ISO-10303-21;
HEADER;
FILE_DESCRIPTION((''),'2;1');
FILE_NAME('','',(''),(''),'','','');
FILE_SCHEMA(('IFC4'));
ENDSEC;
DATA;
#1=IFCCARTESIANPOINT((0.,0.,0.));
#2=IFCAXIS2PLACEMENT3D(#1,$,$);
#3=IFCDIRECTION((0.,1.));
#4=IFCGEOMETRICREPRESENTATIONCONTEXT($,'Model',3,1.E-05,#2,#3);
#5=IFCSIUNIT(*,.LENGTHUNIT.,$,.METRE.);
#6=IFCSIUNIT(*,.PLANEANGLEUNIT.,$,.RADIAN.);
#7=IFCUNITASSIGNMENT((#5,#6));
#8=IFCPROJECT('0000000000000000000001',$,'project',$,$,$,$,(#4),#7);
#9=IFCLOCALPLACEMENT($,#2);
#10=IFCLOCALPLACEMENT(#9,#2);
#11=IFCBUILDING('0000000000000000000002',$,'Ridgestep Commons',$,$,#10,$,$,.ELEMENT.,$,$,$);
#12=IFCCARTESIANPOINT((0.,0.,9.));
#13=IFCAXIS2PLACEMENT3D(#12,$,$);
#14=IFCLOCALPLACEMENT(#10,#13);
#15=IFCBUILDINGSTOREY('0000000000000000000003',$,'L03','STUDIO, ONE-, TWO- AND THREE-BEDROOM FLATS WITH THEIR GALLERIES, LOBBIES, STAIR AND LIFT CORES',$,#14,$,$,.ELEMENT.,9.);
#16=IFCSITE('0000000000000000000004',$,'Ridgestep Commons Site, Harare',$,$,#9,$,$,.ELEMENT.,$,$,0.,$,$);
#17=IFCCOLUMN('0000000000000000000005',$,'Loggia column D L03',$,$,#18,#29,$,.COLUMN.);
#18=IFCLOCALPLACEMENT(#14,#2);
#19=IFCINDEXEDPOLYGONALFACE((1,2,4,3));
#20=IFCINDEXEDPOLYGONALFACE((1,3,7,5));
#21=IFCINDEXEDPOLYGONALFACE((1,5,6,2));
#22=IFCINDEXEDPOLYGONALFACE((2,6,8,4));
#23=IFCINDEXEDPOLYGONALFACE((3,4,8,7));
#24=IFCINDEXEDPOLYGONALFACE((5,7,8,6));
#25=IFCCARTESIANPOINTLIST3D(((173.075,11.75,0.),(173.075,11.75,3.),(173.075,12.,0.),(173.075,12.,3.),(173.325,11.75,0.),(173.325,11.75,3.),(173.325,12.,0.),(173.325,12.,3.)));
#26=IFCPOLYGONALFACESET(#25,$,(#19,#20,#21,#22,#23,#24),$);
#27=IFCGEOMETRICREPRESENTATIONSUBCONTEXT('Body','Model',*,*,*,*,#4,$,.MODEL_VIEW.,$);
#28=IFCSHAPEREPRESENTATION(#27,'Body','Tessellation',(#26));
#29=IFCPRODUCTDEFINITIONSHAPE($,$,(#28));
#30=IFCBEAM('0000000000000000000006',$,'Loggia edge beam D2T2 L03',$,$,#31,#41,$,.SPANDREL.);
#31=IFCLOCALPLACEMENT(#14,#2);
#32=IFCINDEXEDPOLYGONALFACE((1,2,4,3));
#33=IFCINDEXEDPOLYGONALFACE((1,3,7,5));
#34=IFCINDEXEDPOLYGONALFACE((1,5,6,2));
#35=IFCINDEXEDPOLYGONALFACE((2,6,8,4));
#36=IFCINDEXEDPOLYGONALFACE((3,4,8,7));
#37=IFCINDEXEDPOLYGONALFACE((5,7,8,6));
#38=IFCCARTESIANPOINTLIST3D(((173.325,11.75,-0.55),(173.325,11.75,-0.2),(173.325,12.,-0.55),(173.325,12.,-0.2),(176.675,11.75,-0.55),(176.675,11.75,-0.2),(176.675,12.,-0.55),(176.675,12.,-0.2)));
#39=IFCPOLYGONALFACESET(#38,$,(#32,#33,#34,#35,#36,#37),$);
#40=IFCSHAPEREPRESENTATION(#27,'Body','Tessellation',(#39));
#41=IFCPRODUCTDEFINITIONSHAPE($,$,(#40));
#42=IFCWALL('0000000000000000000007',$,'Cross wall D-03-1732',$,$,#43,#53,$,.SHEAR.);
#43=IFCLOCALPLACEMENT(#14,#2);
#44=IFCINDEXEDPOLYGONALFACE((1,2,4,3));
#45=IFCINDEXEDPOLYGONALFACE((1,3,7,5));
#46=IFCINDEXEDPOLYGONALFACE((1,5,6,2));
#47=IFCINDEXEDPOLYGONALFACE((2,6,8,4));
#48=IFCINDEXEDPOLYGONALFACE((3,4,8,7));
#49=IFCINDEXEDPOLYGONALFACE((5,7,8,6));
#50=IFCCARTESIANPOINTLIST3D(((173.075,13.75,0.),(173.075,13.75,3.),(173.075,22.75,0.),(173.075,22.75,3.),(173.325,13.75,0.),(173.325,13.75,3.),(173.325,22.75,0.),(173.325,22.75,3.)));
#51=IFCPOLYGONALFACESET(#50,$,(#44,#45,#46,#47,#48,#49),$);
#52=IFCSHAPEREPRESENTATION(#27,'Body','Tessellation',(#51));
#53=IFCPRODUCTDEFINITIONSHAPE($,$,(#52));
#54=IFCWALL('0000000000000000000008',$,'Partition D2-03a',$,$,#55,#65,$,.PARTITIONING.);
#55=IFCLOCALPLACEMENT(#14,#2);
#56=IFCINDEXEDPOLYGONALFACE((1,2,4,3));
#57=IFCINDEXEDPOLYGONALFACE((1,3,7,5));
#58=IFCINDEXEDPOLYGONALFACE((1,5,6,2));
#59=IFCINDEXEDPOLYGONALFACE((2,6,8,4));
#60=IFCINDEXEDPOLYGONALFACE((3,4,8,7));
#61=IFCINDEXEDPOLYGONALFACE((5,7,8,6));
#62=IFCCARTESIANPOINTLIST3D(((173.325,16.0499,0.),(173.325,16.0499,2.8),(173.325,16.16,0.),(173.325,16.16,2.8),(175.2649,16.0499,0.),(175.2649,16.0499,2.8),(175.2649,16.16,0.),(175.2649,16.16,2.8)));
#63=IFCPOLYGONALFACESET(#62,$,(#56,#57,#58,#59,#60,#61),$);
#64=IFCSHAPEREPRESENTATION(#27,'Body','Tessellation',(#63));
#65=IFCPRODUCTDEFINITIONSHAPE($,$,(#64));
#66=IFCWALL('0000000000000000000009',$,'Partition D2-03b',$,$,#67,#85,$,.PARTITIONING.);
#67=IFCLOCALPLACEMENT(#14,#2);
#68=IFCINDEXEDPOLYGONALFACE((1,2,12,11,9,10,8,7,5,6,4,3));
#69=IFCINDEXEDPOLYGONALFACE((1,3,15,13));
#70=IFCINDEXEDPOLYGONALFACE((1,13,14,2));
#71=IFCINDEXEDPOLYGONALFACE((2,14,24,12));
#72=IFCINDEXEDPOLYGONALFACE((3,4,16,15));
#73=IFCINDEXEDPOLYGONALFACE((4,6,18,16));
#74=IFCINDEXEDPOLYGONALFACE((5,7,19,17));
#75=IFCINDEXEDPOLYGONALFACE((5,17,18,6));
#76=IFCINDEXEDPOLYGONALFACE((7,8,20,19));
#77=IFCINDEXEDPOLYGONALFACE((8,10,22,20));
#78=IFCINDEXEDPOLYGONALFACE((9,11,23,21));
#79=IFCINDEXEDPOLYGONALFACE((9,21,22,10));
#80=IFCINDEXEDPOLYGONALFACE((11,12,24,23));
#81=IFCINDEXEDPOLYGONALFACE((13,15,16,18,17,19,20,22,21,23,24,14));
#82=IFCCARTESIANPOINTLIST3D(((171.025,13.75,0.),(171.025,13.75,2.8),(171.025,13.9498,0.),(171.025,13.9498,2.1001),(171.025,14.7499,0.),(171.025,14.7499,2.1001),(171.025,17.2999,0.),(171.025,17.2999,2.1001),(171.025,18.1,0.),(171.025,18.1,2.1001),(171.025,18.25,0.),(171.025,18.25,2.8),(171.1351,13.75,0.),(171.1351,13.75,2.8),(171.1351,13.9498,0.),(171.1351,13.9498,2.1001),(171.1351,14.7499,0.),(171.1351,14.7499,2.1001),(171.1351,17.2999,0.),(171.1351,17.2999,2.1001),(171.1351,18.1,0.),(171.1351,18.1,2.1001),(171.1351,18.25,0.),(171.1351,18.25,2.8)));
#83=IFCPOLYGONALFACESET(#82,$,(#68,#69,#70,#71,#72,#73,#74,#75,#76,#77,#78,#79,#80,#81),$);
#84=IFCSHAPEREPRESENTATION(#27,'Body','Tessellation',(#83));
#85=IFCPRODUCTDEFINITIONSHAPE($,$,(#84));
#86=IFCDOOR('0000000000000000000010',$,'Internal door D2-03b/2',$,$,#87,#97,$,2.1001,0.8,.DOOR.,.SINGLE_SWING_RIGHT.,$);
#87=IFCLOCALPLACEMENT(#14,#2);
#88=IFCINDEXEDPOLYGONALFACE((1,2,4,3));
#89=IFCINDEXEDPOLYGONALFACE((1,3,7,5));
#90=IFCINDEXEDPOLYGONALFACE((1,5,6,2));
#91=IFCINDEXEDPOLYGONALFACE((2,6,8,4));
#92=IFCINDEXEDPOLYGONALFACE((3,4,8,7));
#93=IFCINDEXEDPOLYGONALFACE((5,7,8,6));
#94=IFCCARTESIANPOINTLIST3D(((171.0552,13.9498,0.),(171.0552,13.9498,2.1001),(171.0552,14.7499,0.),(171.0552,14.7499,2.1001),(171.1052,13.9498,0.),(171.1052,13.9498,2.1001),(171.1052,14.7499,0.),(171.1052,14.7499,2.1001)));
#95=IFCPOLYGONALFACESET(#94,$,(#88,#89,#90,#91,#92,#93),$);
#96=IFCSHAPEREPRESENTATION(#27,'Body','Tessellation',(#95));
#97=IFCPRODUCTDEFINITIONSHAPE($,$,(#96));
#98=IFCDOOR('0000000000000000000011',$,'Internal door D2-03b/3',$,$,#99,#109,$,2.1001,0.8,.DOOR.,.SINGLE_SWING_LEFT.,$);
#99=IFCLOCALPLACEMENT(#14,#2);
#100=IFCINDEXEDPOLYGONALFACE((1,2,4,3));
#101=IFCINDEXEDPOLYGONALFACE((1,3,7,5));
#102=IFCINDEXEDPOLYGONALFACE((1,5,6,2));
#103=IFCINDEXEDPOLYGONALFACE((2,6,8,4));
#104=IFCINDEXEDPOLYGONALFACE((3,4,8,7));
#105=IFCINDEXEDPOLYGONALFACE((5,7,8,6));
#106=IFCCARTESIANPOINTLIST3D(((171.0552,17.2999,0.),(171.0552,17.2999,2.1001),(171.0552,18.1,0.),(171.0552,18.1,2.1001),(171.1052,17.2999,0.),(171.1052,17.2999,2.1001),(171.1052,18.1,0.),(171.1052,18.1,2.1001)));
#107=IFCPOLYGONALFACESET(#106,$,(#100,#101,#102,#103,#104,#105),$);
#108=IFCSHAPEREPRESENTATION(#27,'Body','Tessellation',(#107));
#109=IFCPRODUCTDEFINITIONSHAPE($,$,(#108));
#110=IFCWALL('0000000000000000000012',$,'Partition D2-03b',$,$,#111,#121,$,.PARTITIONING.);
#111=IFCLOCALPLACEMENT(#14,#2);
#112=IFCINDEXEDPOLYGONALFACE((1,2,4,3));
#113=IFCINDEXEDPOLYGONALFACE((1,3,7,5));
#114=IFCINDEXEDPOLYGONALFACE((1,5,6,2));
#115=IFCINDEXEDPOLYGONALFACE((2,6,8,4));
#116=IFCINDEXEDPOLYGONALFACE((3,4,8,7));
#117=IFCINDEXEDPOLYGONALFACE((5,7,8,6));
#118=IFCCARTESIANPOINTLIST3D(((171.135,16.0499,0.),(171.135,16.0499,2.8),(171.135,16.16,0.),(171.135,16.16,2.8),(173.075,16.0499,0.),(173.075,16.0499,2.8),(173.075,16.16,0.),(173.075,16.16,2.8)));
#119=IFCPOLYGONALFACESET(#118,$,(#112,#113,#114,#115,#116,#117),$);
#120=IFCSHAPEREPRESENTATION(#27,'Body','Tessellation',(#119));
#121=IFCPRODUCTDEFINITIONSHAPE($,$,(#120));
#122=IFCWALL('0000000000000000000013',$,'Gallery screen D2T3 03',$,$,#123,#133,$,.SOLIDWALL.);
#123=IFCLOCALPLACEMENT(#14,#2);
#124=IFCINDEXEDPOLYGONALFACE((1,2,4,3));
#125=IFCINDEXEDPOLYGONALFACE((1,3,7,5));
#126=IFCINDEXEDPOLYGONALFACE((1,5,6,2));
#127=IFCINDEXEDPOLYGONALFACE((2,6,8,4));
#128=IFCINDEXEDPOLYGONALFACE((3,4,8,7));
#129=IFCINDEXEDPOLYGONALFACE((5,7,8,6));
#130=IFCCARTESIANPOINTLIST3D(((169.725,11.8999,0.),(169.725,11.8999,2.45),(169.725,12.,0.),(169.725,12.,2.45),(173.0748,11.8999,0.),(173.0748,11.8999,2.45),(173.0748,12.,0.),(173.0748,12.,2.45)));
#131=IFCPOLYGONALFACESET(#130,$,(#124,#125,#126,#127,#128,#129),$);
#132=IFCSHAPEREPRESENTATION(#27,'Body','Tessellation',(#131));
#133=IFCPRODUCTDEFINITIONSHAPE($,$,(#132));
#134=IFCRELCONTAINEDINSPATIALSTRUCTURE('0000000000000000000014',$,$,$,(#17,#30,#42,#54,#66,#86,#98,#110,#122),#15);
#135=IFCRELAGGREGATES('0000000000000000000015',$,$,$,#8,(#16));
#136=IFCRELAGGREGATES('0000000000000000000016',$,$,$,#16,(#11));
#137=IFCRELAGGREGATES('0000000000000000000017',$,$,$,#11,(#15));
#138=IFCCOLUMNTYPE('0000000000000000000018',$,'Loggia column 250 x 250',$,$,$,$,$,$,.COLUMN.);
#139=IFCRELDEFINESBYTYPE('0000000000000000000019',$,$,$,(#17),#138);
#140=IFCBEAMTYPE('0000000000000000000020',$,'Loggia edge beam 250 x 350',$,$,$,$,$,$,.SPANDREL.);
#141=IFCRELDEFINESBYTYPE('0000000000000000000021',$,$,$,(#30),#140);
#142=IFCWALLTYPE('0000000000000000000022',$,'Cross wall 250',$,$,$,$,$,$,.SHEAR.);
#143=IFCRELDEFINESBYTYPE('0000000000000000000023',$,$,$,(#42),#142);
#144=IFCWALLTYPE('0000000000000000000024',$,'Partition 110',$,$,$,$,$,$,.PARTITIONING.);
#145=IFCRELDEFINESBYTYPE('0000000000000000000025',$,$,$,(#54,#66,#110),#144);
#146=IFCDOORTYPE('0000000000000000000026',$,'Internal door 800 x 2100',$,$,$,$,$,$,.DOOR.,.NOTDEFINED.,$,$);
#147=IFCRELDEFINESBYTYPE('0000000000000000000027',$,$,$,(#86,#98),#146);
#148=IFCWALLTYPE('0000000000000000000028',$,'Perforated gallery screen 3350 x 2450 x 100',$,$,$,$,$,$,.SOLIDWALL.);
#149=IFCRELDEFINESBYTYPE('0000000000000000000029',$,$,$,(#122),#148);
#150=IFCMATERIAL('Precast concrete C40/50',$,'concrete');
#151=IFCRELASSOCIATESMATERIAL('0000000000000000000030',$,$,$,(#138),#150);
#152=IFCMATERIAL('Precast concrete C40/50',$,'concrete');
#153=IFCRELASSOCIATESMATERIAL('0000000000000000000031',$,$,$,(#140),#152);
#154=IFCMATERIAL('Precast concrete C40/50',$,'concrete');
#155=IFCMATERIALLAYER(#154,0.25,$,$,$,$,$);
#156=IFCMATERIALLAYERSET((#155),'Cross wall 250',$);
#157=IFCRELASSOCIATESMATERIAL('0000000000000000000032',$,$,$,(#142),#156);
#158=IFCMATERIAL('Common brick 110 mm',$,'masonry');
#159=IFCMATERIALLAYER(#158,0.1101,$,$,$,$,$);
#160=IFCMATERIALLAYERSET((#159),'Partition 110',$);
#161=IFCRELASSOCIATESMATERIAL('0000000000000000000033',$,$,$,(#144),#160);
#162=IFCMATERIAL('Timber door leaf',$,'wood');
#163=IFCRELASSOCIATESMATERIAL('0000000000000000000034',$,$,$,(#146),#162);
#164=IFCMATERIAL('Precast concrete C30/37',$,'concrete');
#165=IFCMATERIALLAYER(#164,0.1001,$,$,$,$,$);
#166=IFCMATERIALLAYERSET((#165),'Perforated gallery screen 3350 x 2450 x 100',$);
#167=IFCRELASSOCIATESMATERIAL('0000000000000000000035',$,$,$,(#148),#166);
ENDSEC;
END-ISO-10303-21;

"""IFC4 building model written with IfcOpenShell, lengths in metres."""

from ifc_helpers import new_model, si_unit, direction, frame, frame_2d, origin, origin_2d, place, context, subcontext, project, spatial, rectangle, extrude, material, layer, layer_set, material_profile, profile_set, type_object, element, fill, save


model = new_model("IFC4")

# Units and contexts
model_context = context("Model", 3, precision=1e-05, world=origin(), true_north=direction((0.0, 1.0)))
body_context = subcontext(model_context, "Body", "Model", "MODEL_VIEW")
ifc_project = project(units=[si_unit("LENGTHUNIT", "METRE"), si_unit("PLANEANGLEUNIT", "RADIAN")], contexts=[model_context])

# Site, building, storey
site_placement = place(None, origin())
site = spatial("IfcSite", under=ifc_project, at=site_placement, Name="Ridgestep Commons Site, Harare", CompositionType="ELEMENT", RefElevation=0.0)
building_placement = place(site_placement, origin())
building = spatial("IfcBuilding", under=site, at=building_placement, Name="Ridgestep Commons", CompositionType="ELEMENT")
storey_placement = place(building_placement, frame((0.0, 0.0, 9.0)))
storey = spatial("IfcBuildingStorey", under=building, at=storey_placement, Name="L03", Description="STUDIO, ONE-, TWO- AND THREE-BEDROOM FLATS WITH THEIR GALLERIES, LOBBIES, STAIR AND LIFT CORES", CompositionType="ELEMENT", Elevation=9.0)

# Column
ifc_material_1 = material(Name="Precast concrete C40/50", Category="concrete")
ifc_material_profile_1 = material_profile(ifc_material_1, rectangle(XDim=0.25, YDim=0.25, at=origin_2d()), Name="PC 250x250")
ifc_profile_set_1 = profile_set([ifc_material_profile_1], Name="Precast concrete C40/50")
column_type = type_object("IfcColumnType", Name="Loggia column 250 x 250", PredefinedType="COLUMN", material=ifc_profile_set_1)
column_placement = place(storey_placement, frame((173.2, 11.875, 0.0), z_axis=(0.0, 0.0, 1.0), x_axis=(1.0, 0.0, 0.0)))
element("IfcColumn", 1, at=column_placement, inside=storey, type_object=column_type, Name="Loggia column D L03", PredefinedType="COLUMN", context=body_context, shape_type="SweptSolid", body=[
    extrude(rectangle(XDim=0.25, YDim=0.25, at=origin_2d()), origin(), (0.0, 0.0, 1.0), 3.0),
])

# Beam
ifc_material_2 = material(Name="Precast concrete C40/50", Category="concrete")
ifc_material_profile_2 = material_profile(ifc_material_2, rectangle(XDim=0.25, YDim=0.3501, at=origin_2d()), Name="PC 250x350")
ifc_profile_set_2 = profile_set([ifc_material_profile_2], Name="Precast concrete C40/50")
beam_type = type_object("IfcBeamType", Name="Loggia edge beam 250 x 350", PredefinedType="SPANDREL", material=ifc_profile_set_2)
beam_placement = place(storey_placement, frame((173.325, 11.875, -0.375), z_axis=(1.0, 0.0, 0.0), x_axis=(0.0, 1.0, 0.0)))
element("IfcBeam", 2, at=beam_placement, inside=storey, type_object=beam_type, Name="Loggia edge beam D2T2 L03", PredefinedType="SPANDREL", context=body_context, shape_type="SweptSolid", body=[
    extrude(rectangle(XDim=0.25, YDim=0.3501, at=origin_2d()), origin(), (0.0, 0.0, 1.0), 3.3501),
])

# Walls
ifc_material_3 = material(Name="Precast concrete C40/50", Category="concrete")
ifc_layer_1 = layer(ifc_material_3, 0.25)
ifc_layer_set_1 = layer_set([ifc_layer_1], Name="Cross wall 250")
wall_type_1 = type_object("IfcWallType", Name="Cross wall 250", PredefinedType="SHEAR", material=ifc_layer_set_1)
wall_1_placement = place(storey_placement, frame((173.2, 13.75, 0.0), z_axis=(0.0, 0.0, 1.0), x_axis=(0.0, 1.0, 0.0)))
element("IfcWall", 3, at=wall_1_placement, inside=storey, type_object=wall_type_1, Name="Cross wall D-03-1732", PredefinedType="SHEAR", context=body_context, shape_type="SweptSolid", body=[
    extrude(rectangle(XDim=9.0, YDim=0.25, at=frame_2d((4.5, 0.0))), origin(), (0.0, 0.0, 1.0), 3.0),
])
ifc_material_4 = material(Name="Common brick 110 mm", Category="masonry")
ifc_layer_2 = layer(ifc_material_4, 0.1101)
ifc_layer_set_2 = layer_set([ifc_layer_2], Name="Partition 110")
wall_type_2 = type_object("IfcWallType", Name="Partition 110", PredefinedType="PARTITIONING", material=ifc_layer_set_2)
wall_2_placement = place(storey_placement, frame((173.325, 16.105, 0.0), z_axis=(0.0, 0.0, 1.0), x_axis=(1.0, 0.0, 0.0)))
element("IfcWall", 4, at=wall_2_placement, inside=storey, type_object=wall_type_2, Name="Partition D2-03a", PredefinedType="PARTITIONING", context=body_context, shape_type="SweptSolid", body=[
    extrude(rectangle(XDim=1.9399, YDim=0.1101, at=frame_2d((0.97, 0.0))), origin(), (0.0, 0.0, 1.0), 2.8),
])

# Wall, openings, doors
wall_3_placement = place(storey_placement, frame((171.0801, 13.75, 0.0), z_axis=(0.0, 0.0, 1.0), x_axis=(0.0, 1.0, 0.0)))
wall_3 = element("IfcWall", 5, at=wall_3_placement, inside=storey, type_object=wall_type_2, Name="Partition D2-03b", PredefinedType="PARTITIONING", context=body_context, shape_type="SweptSolid", body=[
    extrude(rectangle(XDim=4.5, YDim=0.1101, at=frame_2d((2.25, 0.0))), origin(), (0.0, 0.0, 1.0), 2.8),
])
opening_1_placement = place(wall_3_placement, frame((0.2, 0.0, 0.0)))
opening_1 = element("IfcOpeningElement", 6, at=opening_1_placement, cuts=wall_3, PredefinedType="OPENING", context=body_context, shape_type="SweptSolid", body=[
    extrude(rectangle(XDim=0.8, YDim=2.1001, at=frame_2d((0.3999, 1.05))), frame((0.0, 0.0649, 0.0), z_axis=(0.0, -1.0, 0.0), x_axis=(1.0, 0.0, 0.0)), (0.0, 0.0, 1.0), 0.1301),
])
opening_2_placement = place(wall_3_placement, frame((3.55, 0.0, 0.0)))
opening_2 = element("IfcOpeningElement", 7, at=opening_2_placement, cuts=wall_3, PredefinedType="OPENING", context=body_context, shape_type="SweptSolid", body=[
    extrude(rectangle(XDim=0.8, YDim=2.1001, at=frame_2d((0.3999, 1.05))), frame((0.0, 0.0649, 0.0), z_axis=(0.0, -1.0, 0.0), x_axis=(1.0, 0.0, 0.0)), (0.0, 0.0, 1.0), 0.1301),
])
ifc_material_5 = material(Name="Timber door leaf", Category="wood")
door_type_1 = type_object("IfcDoorType", Name="Internal door 800 x 2100", OperationType="NOTDEFINED", PredefinedType="DOOR", material=ifc_material_5)
door_1_placement = place(opening_1_placement, origin())
door_1 = element("IfcDoor", 8, at=door_1_placement, inside=storey, type_object=door_type_1, Name="Internal door D2-03b/2", OperationType="SINGLE_SWING_RIGHT", OverallHeight=2.1001, OverallWidth=0.8, PredefinedType="DOOR", context=body_context, shape_type="SweptSolid", body=[
    extrude(rectangle(XDim=0.8, YDim=2.1001, at=frame_2d((0.3999, 1.05))), frame((0.0, 0.0249, 0.0), z_axis=(0.0, -1.0, 0.0), x_axis=(1.0, 0.0, 0.0)), (0.0, 0.0, 1.0), 0.05),
])
fill(opening_1, door_1)
door_2_placement = place(opening_2_placement, origin())
door_2 = element("IfcDoor", 9, at=door_2_placement, inside=storey, type_object=door_type_1, Name="Internal door D2-03b/3", OperationType="SINGLE_SWING_LEFT", OverallHeight=2.1001, OverallWidth=0.8, PredefinedType="DOOR", context=body_context, shape_type="SweptSolid", body=[
    extrude(rectangle(XDim=0.8, YDim=2.1001, at=frame_2d((0.3999, 1.05))), frame((0.0, 0.0249, 0.0), z_axis=(0.0, -1.0, 0.0), x_axis=(1.0, 0.0, 0.0)), (0.0, 0.0, 1.0), 0.05),
])
fill(opening_2, door_2)

# Walls
wall_4_placement = place(storey_placement, frame((171.135, 16.105, 0.0), z_axis=(0.0, 0.0, 1.0), x_axis=(1.0, 0.0, 0.0)))
element("IfcWall", 10, at=wall_4_placement, inside=storey, type_object=wall_type_2, Name="Partition D2-03b", PredefinedType="PARTITIONING", context=body_context, shape_type="SweptSolid", body=[
    extrude(rectangle(XDim=1.9399, YDim=0.1101, at=frame_2d((0.97, 0.0))), origin(), (0.0, 0.0, 1.0), 2.8),
])
ifc_material_6 = material(Name="Precast concrete C30/37", Category="concrete")
ifc_layer_3 = layer(ifc_material_6, 0.1001)
ifc_layer_set_3 = layer_set([ifc_layer_3], Name="Perforated gallery screen 3350 x 2450 x 100")
wall_type_3 = type_object("IfcWallType", Name="Perforated gallery screen 3350 x 2450 x 100", PredefinedType="SOLIDWALL", material=ifc_layer_set_3)
wall_5_placement = place(storey_placement, frame((169.7251, 11.95, 0.0), z_axis=(0.0, 0.0, 1.0), x_axis=(1.0, 0.0, 0.0)))
element("IfcWall", 11, at=wall_5_placement, inside=storey, type_object=wall_type_3, Name="Gallery screen D2T3 03", PredefinedType="SOLIDWALL", context=body_context, shape_type="SweptSolid", body=[
    extrude(rectangle(XDim=3.3499, YDim=0.1001, at=frame_2d((1.6748, 0.0))), origin(), (0.0, 0.0, 1.0), 2.45),
])

save(model, "model.ifc")
